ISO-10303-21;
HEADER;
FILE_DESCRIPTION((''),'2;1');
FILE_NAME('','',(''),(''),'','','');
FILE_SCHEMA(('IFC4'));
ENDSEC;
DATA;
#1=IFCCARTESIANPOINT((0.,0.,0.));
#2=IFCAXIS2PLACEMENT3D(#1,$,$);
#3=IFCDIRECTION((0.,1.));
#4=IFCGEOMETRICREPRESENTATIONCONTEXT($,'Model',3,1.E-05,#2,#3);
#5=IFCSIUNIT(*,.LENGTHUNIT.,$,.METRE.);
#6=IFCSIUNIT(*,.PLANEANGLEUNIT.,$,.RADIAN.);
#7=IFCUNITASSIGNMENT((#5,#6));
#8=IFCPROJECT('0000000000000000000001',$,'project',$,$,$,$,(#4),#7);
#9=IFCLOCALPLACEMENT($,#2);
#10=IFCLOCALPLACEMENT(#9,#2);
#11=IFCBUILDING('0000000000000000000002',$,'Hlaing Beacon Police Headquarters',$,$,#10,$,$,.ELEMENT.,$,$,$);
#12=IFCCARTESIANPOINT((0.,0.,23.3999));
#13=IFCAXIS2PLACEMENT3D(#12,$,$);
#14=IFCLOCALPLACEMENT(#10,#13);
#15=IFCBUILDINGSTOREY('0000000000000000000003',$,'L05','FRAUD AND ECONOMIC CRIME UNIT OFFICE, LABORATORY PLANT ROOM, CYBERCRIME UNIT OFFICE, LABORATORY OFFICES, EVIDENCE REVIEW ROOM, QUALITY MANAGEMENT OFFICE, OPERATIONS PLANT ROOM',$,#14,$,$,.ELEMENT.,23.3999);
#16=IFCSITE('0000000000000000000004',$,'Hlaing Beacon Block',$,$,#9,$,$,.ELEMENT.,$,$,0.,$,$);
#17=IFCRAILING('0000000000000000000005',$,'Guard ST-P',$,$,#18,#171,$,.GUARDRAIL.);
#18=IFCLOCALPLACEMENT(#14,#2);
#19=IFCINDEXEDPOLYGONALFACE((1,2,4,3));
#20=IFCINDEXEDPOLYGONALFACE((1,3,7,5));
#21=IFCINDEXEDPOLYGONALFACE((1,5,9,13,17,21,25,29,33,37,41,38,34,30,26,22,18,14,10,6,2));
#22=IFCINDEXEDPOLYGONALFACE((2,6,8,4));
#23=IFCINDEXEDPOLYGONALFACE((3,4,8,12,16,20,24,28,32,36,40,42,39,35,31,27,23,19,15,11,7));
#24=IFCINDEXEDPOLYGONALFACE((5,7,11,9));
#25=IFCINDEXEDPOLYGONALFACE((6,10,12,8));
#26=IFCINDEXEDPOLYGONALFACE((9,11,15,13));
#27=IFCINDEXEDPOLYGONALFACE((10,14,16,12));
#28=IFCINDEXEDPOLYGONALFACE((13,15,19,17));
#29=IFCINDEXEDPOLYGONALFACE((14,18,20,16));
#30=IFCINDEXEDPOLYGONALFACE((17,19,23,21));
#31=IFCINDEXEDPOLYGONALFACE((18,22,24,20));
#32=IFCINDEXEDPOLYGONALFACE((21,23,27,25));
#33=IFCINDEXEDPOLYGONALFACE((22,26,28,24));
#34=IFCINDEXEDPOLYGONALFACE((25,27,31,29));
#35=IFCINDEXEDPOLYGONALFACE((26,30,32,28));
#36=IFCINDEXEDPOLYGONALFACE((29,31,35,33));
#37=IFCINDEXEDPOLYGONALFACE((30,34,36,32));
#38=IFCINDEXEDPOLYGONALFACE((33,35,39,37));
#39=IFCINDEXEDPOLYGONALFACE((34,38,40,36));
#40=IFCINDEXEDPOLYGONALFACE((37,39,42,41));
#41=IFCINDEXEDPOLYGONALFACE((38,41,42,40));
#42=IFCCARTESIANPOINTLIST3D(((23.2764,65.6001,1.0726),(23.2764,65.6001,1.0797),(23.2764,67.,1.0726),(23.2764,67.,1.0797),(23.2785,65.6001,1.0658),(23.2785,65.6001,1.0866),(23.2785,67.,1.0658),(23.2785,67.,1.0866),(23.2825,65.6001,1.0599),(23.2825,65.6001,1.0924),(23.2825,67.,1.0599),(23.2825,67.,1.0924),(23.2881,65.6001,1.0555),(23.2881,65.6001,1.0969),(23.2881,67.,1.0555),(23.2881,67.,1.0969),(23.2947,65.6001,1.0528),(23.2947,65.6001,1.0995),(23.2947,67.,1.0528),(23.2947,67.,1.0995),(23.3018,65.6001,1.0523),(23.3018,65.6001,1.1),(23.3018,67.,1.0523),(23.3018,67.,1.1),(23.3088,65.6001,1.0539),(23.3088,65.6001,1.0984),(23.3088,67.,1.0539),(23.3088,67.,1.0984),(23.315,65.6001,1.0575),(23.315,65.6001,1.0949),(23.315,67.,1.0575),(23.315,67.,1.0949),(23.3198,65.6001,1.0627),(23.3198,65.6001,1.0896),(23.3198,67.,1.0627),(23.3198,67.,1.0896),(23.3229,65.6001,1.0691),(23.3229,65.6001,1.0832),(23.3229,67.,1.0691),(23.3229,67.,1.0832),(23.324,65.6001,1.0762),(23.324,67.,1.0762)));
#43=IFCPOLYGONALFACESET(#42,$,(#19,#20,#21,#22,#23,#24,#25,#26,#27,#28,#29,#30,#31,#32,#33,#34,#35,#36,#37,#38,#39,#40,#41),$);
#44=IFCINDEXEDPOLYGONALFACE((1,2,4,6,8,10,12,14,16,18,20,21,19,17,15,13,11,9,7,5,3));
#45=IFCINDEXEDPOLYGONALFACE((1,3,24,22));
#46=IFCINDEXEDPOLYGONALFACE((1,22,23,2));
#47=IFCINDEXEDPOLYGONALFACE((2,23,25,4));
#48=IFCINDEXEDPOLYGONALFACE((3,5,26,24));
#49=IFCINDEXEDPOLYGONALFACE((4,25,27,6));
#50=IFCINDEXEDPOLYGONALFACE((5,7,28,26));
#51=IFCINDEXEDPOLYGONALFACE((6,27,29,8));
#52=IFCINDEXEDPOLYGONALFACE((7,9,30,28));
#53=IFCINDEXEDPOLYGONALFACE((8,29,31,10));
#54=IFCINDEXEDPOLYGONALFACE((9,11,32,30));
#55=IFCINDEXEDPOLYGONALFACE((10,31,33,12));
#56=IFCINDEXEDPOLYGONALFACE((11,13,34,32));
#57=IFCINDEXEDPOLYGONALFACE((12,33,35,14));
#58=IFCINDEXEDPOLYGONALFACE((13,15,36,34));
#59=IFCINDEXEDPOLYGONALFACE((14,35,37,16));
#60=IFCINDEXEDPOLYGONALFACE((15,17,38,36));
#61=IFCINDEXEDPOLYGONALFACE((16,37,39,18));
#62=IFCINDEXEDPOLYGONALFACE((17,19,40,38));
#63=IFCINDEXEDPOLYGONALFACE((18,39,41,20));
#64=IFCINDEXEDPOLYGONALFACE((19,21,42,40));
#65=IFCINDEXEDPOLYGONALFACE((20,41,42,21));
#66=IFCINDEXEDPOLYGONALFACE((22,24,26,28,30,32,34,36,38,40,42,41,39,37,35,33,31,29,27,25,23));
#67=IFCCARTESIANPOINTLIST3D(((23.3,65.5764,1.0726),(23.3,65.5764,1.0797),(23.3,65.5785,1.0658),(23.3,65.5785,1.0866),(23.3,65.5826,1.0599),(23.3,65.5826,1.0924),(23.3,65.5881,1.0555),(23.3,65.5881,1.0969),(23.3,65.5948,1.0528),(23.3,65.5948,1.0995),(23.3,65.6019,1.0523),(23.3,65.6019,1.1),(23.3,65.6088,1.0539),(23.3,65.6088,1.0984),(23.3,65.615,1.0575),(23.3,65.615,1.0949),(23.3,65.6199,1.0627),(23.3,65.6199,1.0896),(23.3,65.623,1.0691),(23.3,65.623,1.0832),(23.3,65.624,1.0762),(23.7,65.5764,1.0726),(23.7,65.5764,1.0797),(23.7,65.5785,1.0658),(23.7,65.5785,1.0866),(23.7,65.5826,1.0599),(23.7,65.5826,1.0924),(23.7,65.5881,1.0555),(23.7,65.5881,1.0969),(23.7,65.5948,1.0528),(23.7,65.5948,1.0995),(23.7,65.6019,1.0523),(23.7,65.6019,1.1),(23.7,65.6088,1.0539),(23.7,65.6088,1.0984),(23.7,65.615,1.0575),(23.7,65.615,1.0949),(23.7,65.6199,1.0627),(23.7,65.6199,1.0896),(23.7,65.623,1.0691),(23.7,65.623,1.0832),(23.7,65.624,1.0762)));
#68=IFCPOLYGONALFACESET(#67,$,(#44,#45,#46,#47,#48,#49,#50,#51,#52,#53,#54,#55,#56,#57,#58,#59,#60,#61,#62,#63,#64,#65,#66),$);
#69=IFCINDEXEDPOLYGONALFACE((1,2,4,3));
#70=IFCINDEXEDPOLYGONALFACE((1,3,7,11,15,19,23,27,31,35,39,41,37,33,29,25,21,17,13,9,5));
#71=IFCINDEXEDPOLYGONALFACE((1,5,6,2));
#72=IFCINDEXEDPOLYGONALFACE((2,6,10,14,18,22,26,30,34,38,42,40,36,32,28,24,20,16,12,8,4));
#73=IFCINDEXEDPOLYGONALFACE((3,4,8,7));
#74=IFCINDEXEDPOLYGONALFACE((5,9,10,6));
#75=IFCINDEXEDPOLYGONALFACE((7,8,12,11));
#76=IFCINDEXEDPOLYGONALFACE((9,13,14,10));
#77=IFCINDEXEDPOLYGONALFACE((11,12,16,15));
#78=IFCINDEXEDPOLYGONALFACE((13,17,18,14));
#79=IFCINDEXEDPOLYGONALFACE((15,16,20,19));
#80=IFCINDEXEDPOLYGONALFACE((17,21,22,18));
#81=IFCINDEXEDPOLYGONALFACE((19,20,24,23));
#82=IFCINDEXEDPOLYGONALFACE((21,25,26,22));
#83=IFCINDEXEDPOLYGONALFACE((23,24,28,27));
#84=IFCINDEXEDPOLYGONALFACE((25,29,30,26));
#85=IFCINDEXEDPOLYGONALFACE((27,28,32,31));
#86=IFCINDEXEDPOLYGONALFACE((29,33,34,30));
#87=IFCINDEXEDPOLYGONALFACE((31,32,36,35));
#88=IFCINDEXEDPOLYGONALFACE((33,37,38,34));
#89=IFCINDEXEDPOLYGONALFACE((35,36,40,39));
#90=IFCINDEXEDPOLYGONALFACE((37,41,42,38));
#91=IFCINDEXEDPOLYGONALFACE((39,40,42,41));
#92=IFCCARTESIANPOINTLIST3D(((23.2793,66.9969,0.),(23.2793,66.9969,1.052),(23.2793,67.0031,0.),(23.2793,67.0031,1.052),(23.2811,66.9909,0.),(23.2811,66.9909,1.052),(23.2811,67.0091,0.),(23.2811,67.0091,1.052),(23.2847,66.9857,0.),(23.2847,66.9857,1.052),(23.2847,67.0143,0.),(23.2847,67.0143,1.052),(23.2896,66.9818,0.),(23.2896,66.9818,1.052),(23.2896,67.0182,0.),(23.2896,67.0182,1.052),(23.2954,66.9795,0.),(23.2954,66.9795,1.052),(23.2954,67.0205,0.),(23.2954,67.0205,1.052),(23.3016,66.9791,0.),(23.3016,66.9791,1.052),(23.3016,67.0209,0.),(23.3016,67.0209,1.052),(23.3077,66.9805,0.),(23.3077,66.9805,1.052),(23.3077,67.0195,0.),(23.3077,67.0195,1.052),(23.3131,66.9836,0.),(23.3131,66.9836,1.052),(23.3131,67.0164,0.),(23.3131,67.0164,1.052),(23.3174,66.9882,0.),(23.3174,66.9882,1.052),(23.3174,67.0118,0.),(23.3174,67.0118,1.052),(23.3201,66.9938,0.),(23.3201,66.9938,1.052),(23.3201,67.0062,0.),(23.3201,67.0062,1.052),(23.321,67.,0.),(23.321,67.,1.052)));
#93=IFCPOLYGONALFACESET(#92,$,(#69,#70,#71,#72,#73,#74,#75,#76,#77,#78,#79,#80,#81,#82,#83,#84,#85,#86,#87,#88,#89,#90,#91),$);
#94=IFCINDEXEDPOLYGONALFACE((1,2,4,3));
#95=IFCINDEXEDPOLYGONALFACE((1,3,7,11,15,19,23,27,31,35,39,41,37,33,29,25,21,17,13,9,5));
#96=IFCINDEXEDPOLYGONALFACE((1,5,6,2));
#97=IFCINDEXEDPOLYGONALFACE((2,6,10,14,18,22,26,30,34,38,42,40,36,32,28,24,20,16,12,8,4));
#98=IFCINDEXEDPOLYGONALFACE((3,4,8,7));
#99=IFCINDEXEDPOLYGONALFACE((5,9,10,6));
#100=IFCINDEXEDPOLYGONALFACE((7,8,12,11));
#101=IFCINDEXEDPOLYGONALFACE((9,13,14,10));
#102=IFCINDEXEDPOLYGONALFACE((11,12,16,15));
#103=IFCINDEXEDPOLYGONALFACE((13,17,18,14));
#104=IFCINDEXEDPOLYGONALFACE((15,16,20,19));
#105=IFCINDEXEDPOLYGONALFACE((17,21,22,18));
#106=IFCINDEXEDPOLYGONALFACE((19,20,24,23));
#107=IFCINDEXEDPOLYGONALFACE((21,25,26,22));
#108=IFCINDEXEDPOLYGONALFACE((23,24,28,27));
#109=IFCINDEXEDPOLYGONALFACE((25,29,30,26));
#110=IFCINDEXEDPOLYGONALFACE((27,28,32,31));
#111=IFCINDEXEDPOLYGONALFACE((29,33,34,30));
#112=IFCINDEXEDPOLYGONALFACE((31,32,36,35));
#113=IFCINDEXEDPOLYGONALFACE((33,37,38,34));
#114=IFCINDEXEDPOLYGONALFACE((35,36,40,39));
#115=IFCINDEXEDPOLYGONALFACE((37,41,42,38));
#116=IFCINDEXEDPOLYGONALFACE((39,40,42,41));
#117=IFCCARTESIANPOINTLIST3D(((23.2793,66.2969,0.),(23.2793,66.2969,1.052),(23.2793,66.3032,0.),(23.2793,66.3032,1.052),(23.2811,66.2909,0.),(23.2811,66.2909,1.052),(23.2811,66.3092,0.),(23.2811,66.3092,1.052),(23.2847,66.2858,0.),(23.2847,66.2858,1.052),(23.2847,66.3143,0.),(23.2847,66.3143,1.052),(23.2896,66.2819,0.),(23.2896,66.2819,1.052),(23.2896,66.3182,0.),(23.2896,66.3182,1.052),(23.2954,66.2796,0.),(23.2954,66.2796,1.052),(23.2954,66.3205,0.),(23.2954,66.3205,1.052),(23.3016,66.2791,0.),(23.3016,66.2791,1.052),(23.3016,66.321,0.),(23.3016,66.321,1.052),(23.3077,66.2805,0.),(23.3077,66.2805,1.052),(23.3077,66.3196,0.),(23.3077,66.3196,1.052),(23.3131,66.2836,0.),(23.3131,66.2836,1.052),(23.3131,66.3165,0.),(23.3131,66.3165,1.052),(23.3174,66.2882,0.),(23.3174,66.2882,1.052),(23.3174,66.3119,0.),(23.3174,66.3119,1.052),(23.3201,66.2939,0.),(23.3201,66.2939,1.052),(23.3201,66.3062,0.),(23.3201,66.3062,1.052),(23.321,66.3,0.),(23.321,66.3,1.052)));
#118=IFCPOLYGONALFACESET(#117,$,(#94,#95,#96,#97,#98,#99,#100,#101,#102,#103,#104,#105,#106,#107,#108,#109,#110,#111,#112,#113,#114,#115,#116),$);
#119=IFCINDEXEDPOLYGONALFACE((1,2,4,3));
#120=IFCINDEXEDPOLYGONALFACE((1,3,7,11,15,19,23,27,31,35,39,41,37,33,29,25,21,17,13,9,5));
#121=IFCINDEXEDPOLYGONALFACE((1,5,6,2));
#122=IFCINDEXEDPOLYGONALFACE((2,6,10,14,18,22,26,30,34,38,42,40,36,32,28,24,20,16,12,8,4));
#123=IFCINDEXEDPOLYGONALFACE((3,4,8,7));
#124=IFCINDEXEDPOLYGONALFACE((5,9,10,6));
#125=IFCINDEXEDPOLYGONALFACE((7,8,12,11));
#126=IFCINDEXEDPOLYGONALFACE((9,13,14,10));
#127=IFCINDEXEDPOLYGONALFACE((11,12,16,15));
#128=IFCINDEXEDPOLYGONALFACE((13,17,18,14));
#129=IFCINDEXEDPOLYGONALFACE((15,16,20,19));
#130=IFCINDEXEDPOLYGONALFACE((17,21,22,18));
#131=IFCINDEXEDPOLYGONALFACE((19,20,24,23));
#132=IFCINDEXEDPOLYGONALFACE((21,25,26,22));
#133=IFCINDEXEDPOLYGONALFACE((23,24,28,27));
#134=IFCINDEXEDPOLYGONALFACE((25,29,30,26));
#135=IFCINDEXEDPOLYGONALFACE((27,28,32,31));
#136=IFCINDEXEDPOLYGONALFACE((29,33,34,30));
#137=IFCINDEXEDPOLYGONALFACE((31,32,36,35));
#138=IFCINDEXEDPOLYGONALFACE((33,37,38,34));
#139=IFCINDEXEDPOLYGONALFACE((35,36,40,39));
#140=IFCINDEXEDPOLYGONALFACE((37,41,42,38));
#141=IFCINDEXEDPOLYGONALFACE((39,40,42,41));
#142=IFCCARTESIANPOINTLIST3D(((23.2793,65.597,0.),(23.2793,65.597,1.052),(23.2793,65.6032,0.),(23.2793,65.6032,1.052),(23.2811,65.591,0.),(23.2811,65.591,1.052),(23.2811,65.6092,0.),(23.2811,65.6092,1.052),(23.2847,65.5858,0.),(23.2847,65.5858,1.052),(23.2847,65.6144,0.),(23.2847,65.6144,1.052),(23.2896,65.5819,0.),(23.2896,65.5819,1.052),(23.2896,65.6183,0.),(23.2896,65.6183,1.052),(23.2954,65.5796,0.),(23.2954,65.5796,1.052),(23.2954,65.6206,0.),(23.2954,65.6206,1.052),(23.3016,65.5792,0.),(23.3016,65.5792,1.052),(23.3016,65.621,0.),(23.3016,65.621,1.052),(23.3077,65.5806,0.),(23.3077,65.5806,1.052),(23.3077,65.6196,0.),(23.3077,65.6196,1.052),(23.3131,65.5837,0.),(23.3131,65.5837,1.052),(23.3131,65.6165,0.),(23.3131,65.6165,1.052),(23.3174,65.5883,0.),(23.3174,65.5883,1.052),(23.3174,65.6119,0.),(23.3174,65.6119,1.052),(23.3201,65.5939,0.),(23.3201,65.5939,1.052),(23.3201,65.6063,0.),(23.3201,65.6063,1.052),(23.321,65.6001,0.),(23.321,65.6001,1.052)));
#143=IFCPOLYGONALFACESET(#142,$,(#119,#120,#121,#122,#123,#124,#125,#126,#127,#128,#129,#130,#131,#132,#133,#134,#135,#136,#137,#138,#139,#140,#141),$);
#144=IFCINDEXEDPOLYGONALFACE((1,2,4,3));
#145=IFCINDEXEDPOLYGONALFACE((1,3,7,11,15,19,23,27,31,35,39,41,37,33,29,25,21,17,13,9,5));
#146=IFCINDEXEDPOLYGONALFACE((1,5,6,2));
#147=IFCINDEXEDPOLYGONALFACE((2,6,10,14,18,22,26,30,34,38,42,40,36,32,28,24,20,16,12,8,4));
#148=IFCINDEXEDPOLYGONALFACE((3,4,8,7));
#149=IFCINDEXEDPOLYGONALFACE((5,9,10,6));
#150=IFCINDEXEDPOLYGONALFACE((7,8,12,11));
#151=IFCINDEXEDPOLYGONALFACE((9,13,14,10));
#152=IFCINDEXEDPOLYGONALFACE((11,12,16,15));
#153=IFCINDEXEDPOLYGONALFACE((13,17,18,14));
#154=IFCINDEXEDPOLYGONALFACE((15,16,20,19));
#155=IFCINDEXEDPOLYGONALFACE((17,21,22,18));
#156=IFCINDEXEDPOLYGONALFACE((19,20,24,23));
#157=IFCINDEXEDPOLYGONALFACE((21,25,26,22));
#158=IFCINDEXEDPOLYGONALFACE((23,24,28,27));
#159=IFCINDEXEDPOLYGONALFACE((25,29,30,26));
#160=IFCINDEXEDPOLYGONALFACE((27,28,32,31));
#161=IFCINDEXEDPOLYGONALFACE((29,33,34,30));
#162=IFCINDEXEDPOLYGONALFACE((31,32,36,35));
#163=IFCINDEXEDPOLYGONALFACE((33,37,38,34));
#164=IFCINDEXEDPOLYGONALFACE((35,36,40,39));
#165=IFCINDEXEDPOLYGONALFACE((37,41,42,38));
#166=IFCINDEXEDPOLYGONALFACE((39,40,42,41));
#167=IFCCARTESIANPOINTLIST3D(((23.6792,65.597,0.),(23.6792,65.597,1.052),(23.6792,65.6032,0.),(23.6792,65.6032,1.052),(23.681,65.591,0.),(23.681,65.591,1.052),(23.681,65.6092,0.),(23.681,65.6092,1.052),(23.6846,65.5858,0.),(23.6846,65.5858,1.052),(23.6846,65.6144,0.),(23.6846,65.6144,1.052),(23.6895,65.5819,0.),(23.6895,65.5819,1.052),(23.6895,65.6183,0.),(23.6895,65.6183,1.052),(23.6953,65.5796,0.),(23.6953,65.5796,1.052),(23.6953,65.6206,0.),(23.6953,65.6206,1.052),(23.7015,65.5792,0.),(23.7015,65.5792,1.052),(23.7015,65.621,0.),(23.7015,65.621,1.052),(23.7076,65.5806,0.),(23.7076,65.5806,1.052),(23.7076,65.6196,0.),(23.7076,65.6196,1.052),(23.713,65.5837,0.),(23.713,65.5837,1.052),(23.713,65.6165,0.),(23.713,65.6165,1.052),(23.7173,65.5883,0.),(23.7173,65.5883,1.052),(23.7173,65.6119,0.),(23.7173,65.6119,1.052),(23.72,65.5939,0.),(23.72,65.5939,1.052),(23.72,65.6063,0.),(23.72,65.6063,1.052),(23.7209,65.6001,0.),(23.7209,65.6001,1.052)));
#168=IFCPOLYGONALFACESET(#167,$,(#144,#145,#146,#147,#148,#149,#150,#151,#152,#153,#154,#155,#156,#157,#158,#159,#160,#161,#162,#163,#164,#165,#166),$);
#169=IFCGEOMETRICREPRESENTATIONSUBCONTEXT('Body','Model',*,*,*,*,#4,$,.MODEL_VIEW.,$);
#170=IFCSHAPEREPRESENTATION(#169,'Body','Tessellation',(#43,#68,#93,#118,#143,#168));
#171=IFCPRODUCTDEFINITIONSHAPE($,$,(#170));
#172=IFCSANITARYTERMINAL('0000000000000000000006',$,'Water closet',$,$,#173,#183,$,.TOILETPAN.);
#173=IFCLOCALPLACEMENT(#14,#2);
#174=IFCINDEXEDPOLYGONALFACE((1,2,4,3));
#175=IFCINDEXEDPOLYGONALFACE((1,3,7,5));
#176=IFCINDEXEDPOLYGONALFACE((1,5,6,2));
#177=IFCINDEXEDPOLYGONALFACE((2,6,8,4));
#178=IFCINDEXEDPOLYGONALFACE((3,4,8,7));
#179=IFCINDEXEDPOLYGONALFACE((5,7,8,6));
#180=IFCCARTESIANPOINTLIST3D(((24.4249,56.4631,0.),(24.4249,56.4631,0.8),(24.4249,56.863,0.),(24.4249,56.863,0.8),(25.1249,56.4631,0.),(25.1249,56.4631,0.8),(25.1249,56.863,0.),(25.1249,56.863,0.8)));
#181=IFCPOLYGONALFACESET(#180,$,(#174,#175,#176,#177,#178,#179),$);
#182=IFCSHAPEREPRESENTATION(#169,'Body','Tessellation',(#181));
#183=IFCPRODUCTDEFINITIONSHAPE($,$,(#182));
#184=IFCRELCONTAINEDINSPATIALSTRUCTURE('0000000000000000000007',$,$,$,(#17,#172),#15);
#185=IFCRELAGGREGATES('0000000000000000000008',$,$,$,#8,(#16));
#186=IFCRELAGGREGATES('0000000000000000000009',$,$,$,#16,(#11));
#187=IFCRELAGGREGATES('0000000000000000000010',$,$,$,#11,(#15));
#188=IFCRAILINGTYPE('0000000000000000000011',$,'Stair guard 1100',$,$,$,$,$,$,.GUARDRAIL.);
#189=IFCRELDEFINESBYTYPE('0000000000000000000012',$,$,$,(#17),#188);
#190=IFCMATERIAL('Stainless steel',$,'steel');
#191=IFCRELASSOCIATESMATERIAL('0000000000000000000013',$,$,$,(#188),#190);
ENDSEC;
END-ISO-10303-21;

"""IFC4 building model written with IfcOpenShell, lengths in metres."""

from ifc_helpers import new_model, si_unit, direction, frame, origin, origin_2d, place, context, subcontext, project, spatial, rectangle, circle, extrude, material, type_object, element, save


model = new_model("IFC4")

# Units and contexts
model_context = context("Model", 3, precision=1e-05, world=origin(), true_north=direction((0.0, 1.0)))
body_context = subcontext(model_context, "Body", "Model", "MODEL_VIEW")
ifc_project = project(units=[si_unit("LENGTHUNIT", "METRE"), si_unit("PLANEANGLEUNIT", "RADIAN")], contexts=[model_context])

# Site, building, storey
site_placement = place(None, origin())
site = spatial("IfcSite", under=ifc_project, at=site_placement, Name="Hlaing Beacon Block", CompositionType="ELEMENT", RefElevation=0.0)
building_placement = place(site_placement, origin())
building = spatial("IfcBuilding", under=site, at=building_placement, Name="Hlaing Beacon Police Headquarters", CompositionType="ELEMENT")
storey_placement = place(building_placement, frame((0.0, 0.0, 23.3999)))
storey = spatial("IfcBuildingStorey", under=building, at=storey_placement, Name="L05", Description="FRAUD AND ECONOMIC CRIME UNIT OFFICE, LABORATORY PLANT ROOM, CYBERCRIME UNIT OFFICE, LABORATORY OFFICES, EVIDENCE REVIEW ROOM, QUALITY MANAGEMENT OFFICE, OPERATIONS PLANT ROOM", CompositionType="ELEMENT", Elevation=23.3999)

# Railing
ifc_material_1 = material(Name="Stainless steel", Category="steel")
railing_type = type_object("IfcRailingType", Name="Stair guard 1100", PredefinedType="GUARDRAIL", material=ifc_material_1)
railing_placement = place(storey_placement, frame((23.3, 67.0, 0.0)))
element("IfcRailing", 1, at=railing_placement, inside=storey, type_object=railing_type, Name="Guard ST-P", PredefinedType="GUARDRAIL", context=body_context, shape_type="SweptSolid", body=[
    extrude(circle(Radius=0.0239, at=origin_2d()), frame((0.0, 0.0, 1.0762), z_axis=(0.0, -1.0, 0.0), x_axis=(1.0, 0.0, 0.0)), (0.0, 0.0, 1.0), 1.3999),
    extrude(circle(Radius=0.0239, at=origin_2d()), frame((0.0, -1.3999, 1.0762), z_axis=(1.0, 0.0, 0.0), x_axis=(0.0, 1.0, 0.0)), (0.0, 0.0, 1.0), 0.3999),
    extrude(circle(Radius=0.021, at=origin_2d()), origin(), (0.0, 0.0, 1.0), 1.052),
    extrude(circle(Radius=0.021, at=origin_2d()), frame((0.0, -0.7, 0.0)), (0.0, 0.0, 1.0), 1.052),
    extrude(circle(Radius=0.021, at=origin_2d()), frame((0.0, -1.3999, 0.0)), (0.0, 0.0, 1.0), 1.052),
    extrude(circle(Radius=0.021, at=origin_2d()), frame((0.3999, -1.3999, 0.0)), (0.0, 0.0, 1.0), 1.052),
])

# Sanitary terminal
sanitary_terminal_placement = place(storey_placement, frame((24.7749, 56.6631, 0.0), z_axis=(0.0, 0.0, 1.0), x_axis=(1.0, 0.0, 0.0)))
element("IfcSanitaryTerminal", 2, at=sanitary_terminal_placement, inside=storey, Name="Water closet", PredefinedType="TOILETPAN", context=body_context, shape_type="SweptSolid", body=[
    extrude(rectangle(XDim=0.7, YDim=0.3999, at=origin_2d()), origin(), (0.0, 0.0, 1.0), 0.8),
])

save(model, "model.ifc")
